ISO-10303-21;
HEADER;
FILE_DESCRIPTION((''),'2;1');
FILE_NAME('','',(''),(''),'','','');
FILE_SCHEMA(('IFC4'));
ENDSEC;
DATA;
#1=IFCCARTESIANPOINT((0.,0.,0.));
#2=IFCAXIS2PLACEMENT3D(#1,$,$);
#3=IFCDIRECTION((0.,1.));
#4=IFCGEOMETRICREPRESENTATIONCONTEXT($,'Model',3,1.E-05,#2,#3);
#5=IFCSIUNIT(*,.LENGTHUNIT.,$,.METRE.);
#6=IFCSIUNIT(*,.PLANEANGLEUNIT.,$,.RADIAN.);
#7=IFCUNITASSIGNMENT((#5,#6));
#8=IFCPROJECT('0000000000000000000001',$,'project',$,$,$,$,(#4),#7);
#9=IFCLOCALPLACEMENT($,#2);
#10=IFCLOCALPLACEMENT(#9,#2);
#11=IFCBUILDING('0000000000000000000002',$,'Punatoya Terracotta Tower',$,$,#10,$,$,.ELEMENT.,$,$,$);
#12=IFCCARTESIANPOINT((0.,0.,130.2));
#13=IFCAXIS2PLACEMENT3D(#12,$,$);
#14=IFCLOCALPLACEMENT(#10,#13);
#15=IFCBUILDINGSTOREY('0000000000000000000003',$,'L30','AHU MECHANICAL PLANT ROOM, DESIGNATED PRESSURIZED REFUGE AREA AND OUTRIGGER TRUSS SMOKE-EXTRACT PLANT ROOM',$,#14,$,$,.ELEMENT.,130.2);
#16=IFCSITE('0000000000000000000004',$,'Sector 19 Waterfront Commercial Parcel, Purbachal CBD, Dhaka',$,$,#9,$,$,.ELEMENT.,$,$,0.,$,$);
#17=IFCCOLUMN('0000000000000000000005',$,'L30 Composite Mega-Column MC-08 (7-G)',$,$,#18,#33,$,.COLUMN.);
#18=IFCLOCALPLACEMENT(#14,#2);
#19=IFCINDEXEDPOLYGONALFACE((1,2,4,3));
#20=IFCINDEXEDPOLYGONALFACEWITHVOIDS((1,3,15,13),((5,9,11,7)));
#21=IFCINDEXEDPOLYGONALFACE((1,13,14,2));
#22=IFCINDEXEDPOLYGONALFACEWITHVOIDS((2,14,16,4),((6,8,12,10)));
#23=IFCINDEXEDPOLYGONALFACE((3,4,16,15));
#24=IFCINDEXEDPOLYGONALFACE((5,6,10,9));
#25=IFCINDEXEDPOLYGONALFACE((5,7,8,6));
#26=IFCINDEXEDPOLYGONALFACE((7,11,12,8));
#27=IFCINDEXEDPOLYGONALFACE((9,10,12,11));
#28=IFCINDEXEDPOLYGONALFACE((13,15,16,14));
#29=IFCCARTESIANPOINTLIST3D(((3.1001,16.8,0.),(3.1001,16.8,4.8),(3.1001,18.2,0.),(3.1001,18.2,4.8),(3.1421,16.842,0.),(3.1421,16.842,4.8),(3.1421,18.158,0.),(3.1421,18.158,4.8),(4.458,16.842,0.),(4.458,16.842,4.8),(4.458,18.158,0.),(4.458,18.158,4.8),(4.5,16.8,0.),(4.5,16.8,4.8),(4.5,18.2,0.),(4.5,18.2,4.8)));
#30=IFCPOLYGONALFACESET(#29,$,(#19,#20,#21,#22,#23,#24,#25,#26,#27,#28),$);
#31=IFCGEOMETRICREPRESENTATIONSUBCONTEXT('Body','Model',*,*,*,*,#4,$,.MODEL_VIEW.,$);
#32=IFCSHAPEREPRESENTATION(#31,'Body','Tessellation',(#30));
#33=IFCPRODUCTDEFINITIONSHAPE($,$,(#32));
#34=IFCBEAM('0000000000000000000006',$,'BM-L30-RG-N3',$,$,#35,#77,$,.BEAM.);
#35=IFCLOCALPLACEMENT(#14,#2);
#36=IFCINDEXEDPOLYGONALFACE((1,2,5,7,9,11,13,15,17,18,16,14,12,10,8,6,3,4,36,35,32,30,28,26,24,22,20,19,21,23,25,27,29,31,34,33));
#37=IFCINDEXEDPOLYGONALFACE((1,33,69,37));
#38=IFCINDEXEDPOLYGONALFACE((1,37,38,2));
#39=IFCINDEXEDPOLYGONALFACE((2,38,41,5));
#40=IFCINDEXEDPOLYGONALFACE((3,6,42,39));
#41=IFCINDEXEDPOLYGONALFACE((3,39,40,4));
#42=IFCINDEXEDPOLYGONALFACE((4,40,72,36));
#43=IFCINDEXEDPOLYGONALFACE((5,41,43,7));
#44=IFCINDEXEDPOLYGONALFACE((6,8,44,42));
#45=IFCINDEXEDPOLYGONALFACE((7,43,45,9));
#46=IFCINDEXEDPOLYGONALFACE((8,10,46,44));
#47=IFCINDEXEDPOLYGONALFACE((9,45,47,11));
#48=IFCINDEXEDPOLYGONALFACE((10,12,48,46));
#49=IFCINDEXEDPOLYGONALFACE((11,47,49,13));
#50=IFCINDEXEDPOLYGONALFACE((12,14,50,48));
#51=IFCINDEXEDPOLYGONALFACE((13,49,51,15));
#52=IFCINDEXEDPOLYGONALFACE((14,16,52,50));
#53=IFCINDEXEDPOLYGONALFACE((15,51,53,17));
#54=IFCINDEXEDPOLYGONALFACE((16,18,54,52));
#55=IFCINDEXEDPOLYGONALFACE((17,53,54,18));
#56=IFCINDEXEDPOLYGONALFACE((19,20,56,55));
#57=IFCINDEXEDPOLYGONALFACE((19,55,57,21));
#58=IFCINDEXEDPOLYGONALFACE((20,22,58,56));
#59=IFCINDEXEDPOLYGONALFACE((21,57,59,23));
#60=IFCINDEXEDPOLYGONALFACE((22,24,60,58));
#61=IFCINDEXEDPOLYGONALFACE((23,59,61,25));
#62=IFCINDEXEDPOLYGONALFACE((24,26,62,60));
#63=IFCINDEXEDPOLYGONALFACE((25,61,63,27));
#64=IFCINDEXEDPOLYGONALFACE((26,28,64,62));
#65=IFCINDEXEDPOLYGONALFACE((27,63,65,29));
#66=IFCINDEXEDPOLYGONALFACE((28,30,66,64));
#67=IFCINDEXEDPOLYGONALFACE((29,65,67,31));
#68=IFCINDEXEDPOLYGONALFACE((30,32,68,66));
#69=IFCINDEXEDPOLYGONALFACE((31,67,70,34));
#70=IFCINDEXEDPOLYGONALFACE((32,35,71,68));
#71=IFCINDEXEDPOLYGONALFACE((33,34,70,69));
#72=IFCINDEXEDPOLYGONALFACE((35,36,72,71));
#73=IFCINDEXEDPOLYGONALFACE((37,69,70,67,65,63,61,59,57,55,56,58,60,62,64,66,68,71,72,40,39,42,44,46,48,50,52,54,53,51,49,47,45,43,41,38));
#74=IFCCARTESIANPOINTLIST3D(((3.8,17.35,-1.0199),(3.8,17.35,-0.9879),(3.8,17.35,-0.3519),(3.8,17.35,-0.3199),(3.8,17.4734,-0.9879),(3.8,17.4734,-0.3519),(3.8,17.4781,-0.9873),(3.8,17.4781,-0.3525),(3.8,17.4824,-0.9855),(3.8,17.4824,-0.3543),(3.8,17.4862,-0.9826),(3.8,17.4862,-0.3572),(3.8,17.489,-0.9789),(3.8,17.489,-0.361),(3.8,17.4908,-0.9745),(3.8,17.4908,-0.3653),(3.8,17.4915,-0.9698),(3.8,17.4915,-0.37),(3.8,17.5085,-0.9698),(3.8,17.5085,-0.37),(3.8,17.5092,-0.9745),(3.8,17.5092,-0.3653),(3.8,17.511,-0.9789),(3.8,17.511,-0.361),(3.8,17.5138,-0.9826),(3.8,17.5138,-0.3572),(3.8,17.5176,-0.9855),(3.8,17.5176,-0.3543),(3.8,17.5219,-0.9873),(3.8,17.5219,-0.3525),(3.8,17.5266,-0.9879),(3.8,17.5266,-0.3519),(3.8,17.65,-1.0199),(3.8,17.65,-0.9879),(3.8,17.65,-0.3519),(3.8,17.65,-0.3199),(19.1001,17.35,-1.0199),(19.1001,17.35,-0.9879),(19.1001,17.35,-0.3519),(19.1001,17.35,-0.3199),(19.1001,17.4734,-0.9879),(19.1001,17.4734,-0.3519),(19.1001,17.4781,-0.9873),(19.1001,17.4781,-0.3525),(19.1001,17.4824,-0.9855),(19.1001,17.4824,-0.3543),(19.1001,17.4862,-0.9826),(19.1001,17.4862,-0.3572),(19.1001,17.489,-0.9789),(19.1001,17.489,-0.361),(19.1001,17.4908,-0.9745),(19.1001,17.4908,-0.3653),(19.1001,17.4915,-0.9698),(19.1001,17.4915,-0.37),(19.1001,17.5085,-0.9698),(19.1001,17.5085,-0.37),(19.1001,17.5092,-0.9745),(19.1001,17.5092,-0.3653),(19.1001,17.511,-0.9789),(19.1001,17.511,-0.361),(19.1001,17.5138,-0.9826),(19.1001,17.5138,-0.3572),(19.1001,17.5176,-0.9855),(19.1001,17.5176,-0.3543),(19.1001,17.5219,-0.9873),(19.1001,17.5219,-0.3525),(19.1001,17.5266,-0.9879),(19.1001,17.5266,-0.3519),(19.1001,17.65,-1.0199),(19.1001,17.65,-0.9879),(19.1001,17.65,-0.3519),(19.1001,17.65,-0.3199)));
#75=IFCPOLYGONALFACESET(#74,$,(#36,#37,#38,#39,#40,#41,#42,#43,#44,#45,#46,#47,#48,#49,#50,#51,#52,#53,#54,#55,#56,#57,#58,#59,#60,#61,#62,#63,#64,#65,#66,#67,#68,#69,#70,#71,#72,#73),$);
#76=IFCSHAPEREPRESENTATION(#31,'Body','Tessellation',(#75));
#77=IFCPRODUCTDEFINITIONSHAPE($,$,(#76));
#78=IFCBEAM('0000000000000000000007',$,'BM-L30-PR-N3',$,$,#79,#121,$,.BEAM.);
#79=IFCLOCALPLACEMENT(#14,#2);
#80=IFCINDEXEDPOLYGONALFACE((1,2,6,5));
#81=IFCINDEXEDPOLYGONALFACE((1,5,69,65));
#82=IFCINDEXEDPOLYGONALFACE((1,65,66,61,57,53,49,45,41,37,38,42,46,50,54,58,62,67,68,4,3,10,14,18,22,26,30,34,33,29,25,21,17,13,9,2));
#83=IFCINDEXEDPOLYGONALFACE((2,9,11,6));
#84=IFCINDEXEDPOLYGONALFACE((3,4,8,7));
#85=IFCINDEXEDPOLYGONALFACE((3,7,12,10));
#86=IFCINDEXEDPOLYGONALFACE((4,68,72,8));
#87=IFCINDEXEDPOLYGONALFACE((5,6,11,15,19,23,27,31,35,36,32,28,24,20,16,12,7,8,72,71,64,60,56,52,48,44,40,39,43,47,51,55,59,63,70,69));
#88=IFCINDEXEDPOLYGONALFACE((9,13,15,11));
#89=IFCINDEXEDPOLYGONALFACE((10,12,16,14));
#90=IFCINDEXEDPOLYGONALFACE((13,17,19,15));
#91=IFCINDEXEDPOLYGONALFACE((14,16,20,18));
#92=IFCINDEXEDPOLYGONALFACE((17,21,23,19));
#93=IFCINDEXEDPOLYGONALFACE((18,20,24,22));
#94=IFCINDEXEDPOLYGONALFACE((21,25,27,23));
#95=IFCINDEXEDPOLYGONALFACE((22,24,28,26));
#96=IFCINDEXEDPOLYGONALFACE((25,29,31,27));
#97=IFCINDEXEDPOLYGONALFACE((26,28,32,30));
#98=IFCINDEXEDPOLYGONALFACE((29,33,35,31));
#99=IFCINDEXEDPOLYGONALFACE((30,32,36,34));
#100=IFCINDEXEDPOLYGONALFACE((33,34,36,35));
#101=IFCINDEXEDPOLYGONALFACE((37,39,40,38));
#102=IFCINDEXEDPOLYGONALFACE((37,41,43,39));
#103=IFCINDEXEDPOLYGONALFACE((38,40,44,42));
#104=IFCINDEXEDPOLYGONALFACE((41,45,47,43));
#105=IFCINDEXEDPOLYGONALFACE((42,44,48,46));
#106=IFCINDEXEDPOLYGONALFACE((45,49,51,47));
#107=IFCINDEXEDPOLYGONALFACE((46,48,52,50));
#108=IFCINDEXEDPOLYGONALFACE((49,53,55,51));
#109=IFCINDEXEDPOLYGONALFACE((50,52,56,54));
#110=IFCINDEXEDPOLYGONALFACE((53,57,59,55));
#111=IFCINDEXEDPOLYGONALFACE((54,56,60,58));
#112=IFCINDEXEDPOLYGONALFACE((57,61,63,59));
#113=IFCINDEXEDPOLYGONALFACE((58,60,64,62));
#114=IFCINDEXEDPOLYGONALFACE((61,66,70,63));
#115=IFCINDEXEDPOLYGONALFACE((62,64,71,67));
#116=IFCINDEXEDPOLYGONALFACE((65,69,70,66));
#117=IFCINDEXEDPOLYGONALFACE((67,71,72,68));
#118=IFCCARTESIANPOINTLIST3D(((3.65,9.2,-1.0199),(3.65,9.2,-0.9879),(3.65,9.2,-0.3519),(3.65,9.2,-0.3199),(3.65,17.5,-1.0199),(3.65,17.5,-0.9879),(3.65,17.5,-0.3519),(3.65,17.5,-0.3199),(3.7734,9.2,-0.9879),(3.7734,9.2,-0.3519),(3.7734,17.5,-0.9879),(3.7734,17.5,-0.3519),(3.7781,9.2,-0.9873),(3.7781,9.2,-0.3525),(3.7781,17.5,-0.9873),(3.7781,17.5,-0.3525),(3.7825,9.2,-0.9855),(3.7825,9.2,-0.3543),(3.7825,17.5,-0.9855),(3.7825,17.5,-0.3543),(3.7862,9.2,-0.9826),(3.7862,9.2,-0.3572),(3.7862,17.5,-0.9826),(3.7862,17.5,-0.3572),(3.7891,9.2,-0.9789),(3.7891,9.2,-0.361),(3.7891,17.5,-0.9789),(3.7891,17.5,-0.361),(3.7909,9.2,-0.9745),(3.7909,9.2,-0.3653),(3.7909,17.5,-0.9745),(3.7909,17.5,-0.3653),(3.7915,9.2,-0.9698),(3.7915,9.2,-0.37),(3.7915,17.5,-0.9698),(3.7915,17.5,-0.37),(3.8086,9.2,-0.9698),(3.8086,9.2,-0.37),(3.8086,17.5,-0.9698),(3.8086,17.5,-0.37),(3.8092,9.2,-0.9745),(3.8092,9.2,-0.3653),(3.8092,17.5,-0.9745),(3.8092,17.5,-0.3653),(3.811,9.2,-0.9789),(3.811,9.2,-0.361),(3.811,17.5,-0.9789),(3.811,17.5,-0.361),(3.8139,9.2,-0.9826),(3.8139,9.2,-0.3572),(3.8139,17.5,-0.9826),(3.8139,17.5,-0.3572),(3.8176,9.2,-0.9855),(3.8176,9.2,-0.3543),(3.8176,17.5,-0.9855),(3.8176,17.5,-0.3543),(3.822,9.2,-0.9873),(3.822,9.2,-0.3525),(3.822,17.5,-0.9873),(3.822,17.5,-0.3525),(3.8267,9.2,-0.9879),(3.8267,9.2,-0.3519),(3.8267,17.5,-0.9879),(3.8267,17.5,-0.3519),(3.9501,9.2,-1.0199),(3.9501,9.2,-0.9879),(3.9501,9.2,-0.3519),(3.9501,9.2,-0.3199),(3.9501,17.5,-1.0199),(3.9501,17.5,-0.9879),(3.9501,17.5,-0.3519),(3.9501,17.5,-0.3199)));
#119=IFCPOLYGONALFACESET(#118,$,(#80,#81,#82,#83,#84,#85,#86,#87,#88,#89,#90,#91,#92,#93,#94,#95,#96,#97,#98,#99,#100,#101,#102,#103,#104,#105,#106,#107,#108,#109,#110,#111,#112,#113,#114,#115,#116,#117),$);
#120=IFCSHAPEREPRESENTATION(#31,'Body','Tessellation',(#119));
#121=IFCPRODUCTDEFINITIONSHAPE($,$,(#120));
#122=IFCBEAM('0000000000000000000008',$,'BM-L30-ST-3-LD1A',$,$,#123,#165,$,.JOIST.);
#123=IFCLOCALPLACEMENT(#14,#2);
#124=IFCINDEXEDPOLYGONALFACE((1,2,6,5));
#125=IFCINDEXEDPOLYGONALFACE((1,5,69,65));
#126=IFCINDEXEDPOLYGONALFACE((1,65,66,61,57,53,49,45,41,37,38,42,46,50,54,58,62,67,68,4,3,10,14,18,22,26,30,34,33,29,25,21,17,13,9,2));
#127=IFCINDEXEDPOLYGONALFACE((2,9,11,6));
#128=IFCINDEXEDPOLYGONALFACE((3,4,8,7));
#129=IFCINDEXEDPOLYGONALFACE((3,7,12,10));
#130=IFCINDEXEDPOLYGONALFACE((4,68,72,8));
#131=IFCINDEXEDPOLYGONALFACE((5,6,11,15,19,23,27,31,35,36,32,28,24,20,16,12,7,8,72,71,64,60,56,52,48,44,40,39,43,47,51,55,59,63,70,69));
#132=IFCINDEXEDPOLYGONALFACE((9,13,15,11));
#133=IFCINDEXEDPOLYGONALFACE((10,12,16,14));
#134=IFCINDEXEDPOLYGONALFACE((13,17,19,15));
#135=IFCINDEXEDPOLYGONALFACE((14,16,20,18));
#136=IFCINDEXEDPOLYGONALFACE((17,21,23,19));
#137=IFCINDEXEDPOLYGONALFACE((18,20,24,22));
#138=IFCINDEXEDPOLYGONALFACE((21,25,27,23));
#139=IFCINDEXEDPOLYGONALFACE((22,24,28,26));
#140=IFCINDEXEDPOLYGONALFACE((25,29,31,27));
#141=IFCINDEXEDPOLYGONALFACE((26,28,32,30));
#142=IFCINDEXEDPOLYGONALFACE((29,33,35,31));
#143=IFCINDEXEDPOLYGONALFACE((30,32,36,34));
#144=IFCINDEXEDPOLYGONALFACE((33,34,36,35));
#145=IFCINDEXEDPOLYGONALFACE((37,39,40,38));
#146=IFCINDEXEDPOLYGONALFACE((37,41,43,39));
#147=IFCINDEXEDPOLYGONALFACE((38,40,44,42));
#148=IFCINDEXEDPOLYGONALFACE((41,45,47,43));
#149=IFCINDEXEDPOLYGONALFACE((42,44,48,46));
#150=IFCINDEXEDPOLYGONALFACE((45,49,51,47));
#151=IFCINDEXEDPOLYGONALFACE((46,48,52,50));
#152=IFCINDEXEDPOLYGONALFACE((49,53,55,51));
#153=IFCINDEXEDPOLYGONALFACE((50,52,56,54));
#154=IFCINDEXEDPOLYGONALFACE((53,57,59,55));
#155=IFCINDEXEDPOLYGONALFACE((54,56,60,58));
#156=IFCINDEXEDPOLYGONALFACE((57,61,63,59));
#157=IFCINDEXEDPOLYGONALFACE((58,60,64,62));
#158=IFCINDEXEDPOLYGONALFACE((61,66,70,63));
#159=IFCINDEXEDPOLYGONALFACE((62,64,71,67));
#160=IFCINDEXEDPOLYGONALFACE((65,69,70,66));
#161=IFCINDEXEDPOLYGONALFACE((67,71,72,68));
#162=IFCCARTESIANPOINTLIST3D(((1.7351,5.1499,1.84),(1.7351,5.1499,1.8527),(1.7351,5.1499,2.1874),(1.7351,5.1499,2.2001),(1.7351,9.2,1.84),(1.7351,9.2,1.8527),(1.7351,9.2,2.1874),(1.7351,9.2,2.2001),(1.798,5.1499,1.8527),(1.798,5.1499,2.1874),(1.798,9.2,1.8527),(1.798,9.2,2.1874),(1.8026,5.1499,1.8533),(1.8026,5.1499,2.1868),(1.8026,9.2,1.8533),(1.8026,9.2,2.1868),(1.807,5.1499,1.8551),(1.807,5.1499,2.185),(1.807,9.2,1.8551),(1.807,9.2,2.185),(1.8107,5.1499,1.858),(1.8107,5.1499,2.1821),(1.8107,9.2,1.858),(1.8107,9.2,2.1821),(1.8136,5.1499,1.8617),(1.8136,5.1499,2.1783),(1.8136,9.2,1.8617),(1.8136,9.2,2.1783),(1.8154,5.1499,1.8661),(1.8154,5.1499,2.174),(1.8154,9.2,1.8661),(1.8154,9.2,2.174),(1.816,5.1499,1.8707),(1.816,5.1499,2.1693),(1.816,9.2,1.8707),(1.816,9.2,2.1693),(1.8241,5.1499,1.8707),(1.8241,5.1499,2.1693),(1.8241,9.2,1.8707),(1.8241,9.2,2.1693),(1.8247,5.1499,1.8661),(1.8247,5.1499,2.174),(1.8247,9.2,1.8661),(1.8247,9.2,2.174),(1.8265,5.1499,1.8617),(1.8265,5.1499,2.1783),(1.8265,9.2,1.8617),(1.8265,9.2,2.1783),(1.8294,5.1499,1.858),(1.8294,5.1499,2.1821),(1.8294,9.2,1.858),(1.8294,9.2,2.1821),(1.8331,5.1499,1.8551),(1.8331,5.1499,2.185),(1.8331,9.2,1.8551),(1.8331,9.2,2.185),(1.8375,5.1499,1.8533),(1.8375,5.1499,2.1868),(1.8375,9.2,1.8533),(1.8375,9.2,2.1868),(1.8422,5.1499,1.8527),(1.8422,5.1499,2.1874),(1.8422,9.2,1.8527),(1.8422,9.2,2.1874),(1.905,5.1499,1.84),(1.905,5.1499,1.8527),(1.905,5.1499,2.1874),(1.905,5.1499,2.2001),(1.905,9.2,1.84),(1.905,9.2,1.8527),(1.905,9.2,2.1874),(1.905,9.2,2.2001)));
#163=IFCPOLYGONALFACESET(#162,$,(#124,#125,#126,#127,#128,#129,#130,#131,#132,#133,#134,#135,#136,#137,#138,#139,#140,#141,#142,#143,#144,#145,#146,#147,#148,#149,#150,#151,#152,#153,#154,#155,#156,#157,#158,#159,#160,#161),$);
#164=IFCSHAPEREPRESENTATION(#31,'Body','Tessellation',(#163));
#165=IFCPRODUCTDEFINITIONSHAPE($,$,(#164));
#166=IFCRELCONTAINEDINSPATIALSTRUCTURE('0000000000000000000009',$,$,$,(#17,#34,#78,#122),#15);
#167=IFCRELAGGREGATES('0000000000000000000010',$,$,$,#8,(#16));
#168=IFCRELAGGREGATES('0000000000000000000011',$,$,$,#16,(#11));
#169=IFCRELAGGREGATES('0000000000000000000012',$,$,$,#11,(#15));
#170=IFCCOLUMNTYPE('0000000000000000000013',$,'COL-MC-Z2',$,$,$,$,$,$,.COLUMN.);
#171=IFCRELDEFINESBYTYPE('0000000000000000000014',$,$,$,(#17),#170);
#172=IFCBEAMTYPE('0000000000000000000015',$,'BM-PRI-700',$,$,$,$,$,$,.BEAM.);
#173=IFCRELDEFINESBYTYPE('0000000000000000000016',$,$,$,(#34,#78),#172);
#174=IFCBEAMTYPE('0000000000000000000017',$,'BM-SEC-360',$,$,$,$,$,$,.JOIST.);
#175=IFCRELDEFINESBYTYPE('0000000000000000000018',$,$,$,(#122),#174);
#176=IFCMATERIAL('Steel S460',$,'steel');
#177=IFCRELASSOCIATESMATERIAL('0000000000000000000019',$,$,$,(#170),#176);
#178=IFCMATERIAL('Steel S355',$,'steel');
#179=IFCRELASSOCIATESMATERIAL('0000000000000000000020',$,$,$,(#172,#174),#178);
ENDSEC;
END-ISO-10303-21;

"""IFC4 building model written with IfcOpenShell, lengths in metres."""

from ifc_helpers import new_model, si_unit, direction, frame, origin, origin_2d, place, context, subcontext, project, spatial, hollow_rectangle, i_section, extrude, material, material_profile, profile_set, type_object, element, save


model = new_model("IFC4")

# Units and contexts
model_context = context("Model", 3, precision=1e-05, world=origin(), true_north=direction((0.0, 1.0)))
body_context = subcontext(model_context, "Body", "Model", "MODEL_VIEW")
ifc_project = project(units=[si_unit("LENGTHUNIT", "METRE"), si_unit("PLANEANGLEUNIT", "RADIAN")], contexts=[model_context])

# Site, building, storey
site_placement = place(None, origin())
site = spatial("IfcSite", under=ifc_project, at=site_placement, Name="Sector 19 Waterfront Commercial Parcel, Purbachal CBD, Dhaka", CompositionType="ELEMENT", RefElevation=0.0)
building_placement = place(site_placement, origin())
building = spatial("IfcBuilding", under=site, at=building_placement, Name="Punatoya Terracotta Tower", CompositionType="ELEMENT")
storey_placement = place(building_placement, frame((0.0, 0.0, 130.2)))
storey = spatial("IfcBuildingStorey", under=building, at=storey_placement, Name="L30", Description="AHU MECHANICAL PLANT ROOM, DESIGNATED PRESSURIZED REFUGE AREA AND OUTRIGGER TRUSS SMOKE-EXTRACT PLANT ROOM", CompositionType="ELEMENT", Elevation=130.2)

# Column
ifc_material_1 = material(Name="Steel S460", Category="steel")
ifc_material_profile_1 = material_profile(ifc_material_1, hollow_rectangle(XDim=1.3999, YDim=1.3999, WallThickness=0.042, at=origin_2d()))
ifc_profile_set_1 = profile_set([ifc_material_profile_1], Name="Steel S460")
column_type = type_object("IfcColumnType", Name="COL-MC-Z2", PredefinedType="COLUMN", material=ifc_profile_set_1)
column_placement = place(storey_placement, frame((3.8, 17.5, 0.0), z_axis=(0.0, 0.0, 1.0), x_axis=(1.0, 0.0, 0.0)))
element("IfcColumn", 1, at=column_placement, inside=storey, type_object=column_type, Name="L30 Composite Mega-Column MC-08 (7-G)", PredefinedType="COLUMN", context=body_context, shape_type="SweptSolid", body=[
    extrude(hollow_rectangle(XDim=1.3999, YDim=1.3999, WallThickness=0.042, at=origin_2d()), origin(), (0.0, 0.0, 1.0), 4.8),
])

# Beams
ifc_material_2 = material(Name="Steel S355", Category="steel")
ifc_material_profile_2 = material_profile(ifc_material_2, i_section(OverallWidth=0.3, OverallDepth=0.7, WebThickness=0.0171, FlangeThickness=0.032, FilletRadius=0.0181, at=origin_2d()))
ifc_profile_set_2 = profile_set([ifc_material_profile_2], Name="Steel S355")
beam_type_1 = type_object("IfcBeamType", Name="BM-PRI-700", PredefinedType="BEAM", material=ifc_profile_set_2)
beam_1_placement = place(storey_placement, frame((3.8, 17.5, -0.6699), z_axis=(1.0, 0.0, 0.0), x_axis=(0.0, 1.0, 0.0)))
element("IfcBeam", 2, at=beam_1_placement, inside=storey, type_object=beam_type_1, Name="BM-L30-RG-N3", PredefinedType="BEAM", context=body_context, shape_type="SweptSolid", body=[
    extrude(i_section(OverallWidth=0.3, OverallDepth=0.7, WebThickness=0.0171, FlangeThickness=0.032, FilletRadius=0.0181, at=origin_2d()), origin(), (0.0, 0.0, 1.0), 15.3),
])
beam_2_placement = place(storey_placement, frame((3.8, 9.2, -0.6699), z_axis=(0.0, 1.0, 0.0), x_axis=(-1.0, 0.0, 0.0)))
element("IfcBeam", 3, at=beam_2_placement, inside=storey, type_object=beam_type_1, Name="BM-L30-PR-N3", PredefinedType="BEAM", context=body_context, shape_type="SweptSolid", body=[
    extrude(i_section(OverallWidth=0.3, OverallDepth=0.7, WebThickness=0.0171, FlangeThickness=0.032, FilletRadius=0.0181, at=origin_2d()), origin(), (0.0, 0.0, 1.0), 8.3),
])
ifc_material_profile_3 = material_profile(ifc_material_2, i_section(OverallWidth=0.1699, OverallDepth=0.3601, WebThickness=0.0081, FlangeThickness=0.0127, FilletRadius=0.0181, at=origin_2d()))
ifc_profile_set_3 = profile_set([ifc_material_profile_3], Name="Steel S355")
beam_type_2 = type_object("IfcBeamType", Name="BM-SEC-360", PredefinedType="JOIST", material=ifc_profile_set_3)
for number, where, z_axis, x_axis, name in (
    (4, (1.8201, 5.1499, 2.02), (0.0, 1.0, 0.0), (-1.0, 0.0, 0.0), "BM-L30-ST-3-LD1A"),
):
    element("IfcBeam", number, at=place(storey_placement, frame(where, z_axis=z_axis, x_axis=x_axis)), inside=storey, type_object=beam_type_2, Name=name, PredefinedType="JOIST", context=body_context, shape_type="SweptSolid", body=[
        extrude(i_section(OverallWidth=0.1699, OverallDepth=0.3601, WebThickness=0.0081, FlangeThickness=0.0127, FilletRadius=0.0181, at=origin_2d()), origin(), (0.0, 0.0, 1.0), 4.05),
    ])

save(model, "model.ifc")
